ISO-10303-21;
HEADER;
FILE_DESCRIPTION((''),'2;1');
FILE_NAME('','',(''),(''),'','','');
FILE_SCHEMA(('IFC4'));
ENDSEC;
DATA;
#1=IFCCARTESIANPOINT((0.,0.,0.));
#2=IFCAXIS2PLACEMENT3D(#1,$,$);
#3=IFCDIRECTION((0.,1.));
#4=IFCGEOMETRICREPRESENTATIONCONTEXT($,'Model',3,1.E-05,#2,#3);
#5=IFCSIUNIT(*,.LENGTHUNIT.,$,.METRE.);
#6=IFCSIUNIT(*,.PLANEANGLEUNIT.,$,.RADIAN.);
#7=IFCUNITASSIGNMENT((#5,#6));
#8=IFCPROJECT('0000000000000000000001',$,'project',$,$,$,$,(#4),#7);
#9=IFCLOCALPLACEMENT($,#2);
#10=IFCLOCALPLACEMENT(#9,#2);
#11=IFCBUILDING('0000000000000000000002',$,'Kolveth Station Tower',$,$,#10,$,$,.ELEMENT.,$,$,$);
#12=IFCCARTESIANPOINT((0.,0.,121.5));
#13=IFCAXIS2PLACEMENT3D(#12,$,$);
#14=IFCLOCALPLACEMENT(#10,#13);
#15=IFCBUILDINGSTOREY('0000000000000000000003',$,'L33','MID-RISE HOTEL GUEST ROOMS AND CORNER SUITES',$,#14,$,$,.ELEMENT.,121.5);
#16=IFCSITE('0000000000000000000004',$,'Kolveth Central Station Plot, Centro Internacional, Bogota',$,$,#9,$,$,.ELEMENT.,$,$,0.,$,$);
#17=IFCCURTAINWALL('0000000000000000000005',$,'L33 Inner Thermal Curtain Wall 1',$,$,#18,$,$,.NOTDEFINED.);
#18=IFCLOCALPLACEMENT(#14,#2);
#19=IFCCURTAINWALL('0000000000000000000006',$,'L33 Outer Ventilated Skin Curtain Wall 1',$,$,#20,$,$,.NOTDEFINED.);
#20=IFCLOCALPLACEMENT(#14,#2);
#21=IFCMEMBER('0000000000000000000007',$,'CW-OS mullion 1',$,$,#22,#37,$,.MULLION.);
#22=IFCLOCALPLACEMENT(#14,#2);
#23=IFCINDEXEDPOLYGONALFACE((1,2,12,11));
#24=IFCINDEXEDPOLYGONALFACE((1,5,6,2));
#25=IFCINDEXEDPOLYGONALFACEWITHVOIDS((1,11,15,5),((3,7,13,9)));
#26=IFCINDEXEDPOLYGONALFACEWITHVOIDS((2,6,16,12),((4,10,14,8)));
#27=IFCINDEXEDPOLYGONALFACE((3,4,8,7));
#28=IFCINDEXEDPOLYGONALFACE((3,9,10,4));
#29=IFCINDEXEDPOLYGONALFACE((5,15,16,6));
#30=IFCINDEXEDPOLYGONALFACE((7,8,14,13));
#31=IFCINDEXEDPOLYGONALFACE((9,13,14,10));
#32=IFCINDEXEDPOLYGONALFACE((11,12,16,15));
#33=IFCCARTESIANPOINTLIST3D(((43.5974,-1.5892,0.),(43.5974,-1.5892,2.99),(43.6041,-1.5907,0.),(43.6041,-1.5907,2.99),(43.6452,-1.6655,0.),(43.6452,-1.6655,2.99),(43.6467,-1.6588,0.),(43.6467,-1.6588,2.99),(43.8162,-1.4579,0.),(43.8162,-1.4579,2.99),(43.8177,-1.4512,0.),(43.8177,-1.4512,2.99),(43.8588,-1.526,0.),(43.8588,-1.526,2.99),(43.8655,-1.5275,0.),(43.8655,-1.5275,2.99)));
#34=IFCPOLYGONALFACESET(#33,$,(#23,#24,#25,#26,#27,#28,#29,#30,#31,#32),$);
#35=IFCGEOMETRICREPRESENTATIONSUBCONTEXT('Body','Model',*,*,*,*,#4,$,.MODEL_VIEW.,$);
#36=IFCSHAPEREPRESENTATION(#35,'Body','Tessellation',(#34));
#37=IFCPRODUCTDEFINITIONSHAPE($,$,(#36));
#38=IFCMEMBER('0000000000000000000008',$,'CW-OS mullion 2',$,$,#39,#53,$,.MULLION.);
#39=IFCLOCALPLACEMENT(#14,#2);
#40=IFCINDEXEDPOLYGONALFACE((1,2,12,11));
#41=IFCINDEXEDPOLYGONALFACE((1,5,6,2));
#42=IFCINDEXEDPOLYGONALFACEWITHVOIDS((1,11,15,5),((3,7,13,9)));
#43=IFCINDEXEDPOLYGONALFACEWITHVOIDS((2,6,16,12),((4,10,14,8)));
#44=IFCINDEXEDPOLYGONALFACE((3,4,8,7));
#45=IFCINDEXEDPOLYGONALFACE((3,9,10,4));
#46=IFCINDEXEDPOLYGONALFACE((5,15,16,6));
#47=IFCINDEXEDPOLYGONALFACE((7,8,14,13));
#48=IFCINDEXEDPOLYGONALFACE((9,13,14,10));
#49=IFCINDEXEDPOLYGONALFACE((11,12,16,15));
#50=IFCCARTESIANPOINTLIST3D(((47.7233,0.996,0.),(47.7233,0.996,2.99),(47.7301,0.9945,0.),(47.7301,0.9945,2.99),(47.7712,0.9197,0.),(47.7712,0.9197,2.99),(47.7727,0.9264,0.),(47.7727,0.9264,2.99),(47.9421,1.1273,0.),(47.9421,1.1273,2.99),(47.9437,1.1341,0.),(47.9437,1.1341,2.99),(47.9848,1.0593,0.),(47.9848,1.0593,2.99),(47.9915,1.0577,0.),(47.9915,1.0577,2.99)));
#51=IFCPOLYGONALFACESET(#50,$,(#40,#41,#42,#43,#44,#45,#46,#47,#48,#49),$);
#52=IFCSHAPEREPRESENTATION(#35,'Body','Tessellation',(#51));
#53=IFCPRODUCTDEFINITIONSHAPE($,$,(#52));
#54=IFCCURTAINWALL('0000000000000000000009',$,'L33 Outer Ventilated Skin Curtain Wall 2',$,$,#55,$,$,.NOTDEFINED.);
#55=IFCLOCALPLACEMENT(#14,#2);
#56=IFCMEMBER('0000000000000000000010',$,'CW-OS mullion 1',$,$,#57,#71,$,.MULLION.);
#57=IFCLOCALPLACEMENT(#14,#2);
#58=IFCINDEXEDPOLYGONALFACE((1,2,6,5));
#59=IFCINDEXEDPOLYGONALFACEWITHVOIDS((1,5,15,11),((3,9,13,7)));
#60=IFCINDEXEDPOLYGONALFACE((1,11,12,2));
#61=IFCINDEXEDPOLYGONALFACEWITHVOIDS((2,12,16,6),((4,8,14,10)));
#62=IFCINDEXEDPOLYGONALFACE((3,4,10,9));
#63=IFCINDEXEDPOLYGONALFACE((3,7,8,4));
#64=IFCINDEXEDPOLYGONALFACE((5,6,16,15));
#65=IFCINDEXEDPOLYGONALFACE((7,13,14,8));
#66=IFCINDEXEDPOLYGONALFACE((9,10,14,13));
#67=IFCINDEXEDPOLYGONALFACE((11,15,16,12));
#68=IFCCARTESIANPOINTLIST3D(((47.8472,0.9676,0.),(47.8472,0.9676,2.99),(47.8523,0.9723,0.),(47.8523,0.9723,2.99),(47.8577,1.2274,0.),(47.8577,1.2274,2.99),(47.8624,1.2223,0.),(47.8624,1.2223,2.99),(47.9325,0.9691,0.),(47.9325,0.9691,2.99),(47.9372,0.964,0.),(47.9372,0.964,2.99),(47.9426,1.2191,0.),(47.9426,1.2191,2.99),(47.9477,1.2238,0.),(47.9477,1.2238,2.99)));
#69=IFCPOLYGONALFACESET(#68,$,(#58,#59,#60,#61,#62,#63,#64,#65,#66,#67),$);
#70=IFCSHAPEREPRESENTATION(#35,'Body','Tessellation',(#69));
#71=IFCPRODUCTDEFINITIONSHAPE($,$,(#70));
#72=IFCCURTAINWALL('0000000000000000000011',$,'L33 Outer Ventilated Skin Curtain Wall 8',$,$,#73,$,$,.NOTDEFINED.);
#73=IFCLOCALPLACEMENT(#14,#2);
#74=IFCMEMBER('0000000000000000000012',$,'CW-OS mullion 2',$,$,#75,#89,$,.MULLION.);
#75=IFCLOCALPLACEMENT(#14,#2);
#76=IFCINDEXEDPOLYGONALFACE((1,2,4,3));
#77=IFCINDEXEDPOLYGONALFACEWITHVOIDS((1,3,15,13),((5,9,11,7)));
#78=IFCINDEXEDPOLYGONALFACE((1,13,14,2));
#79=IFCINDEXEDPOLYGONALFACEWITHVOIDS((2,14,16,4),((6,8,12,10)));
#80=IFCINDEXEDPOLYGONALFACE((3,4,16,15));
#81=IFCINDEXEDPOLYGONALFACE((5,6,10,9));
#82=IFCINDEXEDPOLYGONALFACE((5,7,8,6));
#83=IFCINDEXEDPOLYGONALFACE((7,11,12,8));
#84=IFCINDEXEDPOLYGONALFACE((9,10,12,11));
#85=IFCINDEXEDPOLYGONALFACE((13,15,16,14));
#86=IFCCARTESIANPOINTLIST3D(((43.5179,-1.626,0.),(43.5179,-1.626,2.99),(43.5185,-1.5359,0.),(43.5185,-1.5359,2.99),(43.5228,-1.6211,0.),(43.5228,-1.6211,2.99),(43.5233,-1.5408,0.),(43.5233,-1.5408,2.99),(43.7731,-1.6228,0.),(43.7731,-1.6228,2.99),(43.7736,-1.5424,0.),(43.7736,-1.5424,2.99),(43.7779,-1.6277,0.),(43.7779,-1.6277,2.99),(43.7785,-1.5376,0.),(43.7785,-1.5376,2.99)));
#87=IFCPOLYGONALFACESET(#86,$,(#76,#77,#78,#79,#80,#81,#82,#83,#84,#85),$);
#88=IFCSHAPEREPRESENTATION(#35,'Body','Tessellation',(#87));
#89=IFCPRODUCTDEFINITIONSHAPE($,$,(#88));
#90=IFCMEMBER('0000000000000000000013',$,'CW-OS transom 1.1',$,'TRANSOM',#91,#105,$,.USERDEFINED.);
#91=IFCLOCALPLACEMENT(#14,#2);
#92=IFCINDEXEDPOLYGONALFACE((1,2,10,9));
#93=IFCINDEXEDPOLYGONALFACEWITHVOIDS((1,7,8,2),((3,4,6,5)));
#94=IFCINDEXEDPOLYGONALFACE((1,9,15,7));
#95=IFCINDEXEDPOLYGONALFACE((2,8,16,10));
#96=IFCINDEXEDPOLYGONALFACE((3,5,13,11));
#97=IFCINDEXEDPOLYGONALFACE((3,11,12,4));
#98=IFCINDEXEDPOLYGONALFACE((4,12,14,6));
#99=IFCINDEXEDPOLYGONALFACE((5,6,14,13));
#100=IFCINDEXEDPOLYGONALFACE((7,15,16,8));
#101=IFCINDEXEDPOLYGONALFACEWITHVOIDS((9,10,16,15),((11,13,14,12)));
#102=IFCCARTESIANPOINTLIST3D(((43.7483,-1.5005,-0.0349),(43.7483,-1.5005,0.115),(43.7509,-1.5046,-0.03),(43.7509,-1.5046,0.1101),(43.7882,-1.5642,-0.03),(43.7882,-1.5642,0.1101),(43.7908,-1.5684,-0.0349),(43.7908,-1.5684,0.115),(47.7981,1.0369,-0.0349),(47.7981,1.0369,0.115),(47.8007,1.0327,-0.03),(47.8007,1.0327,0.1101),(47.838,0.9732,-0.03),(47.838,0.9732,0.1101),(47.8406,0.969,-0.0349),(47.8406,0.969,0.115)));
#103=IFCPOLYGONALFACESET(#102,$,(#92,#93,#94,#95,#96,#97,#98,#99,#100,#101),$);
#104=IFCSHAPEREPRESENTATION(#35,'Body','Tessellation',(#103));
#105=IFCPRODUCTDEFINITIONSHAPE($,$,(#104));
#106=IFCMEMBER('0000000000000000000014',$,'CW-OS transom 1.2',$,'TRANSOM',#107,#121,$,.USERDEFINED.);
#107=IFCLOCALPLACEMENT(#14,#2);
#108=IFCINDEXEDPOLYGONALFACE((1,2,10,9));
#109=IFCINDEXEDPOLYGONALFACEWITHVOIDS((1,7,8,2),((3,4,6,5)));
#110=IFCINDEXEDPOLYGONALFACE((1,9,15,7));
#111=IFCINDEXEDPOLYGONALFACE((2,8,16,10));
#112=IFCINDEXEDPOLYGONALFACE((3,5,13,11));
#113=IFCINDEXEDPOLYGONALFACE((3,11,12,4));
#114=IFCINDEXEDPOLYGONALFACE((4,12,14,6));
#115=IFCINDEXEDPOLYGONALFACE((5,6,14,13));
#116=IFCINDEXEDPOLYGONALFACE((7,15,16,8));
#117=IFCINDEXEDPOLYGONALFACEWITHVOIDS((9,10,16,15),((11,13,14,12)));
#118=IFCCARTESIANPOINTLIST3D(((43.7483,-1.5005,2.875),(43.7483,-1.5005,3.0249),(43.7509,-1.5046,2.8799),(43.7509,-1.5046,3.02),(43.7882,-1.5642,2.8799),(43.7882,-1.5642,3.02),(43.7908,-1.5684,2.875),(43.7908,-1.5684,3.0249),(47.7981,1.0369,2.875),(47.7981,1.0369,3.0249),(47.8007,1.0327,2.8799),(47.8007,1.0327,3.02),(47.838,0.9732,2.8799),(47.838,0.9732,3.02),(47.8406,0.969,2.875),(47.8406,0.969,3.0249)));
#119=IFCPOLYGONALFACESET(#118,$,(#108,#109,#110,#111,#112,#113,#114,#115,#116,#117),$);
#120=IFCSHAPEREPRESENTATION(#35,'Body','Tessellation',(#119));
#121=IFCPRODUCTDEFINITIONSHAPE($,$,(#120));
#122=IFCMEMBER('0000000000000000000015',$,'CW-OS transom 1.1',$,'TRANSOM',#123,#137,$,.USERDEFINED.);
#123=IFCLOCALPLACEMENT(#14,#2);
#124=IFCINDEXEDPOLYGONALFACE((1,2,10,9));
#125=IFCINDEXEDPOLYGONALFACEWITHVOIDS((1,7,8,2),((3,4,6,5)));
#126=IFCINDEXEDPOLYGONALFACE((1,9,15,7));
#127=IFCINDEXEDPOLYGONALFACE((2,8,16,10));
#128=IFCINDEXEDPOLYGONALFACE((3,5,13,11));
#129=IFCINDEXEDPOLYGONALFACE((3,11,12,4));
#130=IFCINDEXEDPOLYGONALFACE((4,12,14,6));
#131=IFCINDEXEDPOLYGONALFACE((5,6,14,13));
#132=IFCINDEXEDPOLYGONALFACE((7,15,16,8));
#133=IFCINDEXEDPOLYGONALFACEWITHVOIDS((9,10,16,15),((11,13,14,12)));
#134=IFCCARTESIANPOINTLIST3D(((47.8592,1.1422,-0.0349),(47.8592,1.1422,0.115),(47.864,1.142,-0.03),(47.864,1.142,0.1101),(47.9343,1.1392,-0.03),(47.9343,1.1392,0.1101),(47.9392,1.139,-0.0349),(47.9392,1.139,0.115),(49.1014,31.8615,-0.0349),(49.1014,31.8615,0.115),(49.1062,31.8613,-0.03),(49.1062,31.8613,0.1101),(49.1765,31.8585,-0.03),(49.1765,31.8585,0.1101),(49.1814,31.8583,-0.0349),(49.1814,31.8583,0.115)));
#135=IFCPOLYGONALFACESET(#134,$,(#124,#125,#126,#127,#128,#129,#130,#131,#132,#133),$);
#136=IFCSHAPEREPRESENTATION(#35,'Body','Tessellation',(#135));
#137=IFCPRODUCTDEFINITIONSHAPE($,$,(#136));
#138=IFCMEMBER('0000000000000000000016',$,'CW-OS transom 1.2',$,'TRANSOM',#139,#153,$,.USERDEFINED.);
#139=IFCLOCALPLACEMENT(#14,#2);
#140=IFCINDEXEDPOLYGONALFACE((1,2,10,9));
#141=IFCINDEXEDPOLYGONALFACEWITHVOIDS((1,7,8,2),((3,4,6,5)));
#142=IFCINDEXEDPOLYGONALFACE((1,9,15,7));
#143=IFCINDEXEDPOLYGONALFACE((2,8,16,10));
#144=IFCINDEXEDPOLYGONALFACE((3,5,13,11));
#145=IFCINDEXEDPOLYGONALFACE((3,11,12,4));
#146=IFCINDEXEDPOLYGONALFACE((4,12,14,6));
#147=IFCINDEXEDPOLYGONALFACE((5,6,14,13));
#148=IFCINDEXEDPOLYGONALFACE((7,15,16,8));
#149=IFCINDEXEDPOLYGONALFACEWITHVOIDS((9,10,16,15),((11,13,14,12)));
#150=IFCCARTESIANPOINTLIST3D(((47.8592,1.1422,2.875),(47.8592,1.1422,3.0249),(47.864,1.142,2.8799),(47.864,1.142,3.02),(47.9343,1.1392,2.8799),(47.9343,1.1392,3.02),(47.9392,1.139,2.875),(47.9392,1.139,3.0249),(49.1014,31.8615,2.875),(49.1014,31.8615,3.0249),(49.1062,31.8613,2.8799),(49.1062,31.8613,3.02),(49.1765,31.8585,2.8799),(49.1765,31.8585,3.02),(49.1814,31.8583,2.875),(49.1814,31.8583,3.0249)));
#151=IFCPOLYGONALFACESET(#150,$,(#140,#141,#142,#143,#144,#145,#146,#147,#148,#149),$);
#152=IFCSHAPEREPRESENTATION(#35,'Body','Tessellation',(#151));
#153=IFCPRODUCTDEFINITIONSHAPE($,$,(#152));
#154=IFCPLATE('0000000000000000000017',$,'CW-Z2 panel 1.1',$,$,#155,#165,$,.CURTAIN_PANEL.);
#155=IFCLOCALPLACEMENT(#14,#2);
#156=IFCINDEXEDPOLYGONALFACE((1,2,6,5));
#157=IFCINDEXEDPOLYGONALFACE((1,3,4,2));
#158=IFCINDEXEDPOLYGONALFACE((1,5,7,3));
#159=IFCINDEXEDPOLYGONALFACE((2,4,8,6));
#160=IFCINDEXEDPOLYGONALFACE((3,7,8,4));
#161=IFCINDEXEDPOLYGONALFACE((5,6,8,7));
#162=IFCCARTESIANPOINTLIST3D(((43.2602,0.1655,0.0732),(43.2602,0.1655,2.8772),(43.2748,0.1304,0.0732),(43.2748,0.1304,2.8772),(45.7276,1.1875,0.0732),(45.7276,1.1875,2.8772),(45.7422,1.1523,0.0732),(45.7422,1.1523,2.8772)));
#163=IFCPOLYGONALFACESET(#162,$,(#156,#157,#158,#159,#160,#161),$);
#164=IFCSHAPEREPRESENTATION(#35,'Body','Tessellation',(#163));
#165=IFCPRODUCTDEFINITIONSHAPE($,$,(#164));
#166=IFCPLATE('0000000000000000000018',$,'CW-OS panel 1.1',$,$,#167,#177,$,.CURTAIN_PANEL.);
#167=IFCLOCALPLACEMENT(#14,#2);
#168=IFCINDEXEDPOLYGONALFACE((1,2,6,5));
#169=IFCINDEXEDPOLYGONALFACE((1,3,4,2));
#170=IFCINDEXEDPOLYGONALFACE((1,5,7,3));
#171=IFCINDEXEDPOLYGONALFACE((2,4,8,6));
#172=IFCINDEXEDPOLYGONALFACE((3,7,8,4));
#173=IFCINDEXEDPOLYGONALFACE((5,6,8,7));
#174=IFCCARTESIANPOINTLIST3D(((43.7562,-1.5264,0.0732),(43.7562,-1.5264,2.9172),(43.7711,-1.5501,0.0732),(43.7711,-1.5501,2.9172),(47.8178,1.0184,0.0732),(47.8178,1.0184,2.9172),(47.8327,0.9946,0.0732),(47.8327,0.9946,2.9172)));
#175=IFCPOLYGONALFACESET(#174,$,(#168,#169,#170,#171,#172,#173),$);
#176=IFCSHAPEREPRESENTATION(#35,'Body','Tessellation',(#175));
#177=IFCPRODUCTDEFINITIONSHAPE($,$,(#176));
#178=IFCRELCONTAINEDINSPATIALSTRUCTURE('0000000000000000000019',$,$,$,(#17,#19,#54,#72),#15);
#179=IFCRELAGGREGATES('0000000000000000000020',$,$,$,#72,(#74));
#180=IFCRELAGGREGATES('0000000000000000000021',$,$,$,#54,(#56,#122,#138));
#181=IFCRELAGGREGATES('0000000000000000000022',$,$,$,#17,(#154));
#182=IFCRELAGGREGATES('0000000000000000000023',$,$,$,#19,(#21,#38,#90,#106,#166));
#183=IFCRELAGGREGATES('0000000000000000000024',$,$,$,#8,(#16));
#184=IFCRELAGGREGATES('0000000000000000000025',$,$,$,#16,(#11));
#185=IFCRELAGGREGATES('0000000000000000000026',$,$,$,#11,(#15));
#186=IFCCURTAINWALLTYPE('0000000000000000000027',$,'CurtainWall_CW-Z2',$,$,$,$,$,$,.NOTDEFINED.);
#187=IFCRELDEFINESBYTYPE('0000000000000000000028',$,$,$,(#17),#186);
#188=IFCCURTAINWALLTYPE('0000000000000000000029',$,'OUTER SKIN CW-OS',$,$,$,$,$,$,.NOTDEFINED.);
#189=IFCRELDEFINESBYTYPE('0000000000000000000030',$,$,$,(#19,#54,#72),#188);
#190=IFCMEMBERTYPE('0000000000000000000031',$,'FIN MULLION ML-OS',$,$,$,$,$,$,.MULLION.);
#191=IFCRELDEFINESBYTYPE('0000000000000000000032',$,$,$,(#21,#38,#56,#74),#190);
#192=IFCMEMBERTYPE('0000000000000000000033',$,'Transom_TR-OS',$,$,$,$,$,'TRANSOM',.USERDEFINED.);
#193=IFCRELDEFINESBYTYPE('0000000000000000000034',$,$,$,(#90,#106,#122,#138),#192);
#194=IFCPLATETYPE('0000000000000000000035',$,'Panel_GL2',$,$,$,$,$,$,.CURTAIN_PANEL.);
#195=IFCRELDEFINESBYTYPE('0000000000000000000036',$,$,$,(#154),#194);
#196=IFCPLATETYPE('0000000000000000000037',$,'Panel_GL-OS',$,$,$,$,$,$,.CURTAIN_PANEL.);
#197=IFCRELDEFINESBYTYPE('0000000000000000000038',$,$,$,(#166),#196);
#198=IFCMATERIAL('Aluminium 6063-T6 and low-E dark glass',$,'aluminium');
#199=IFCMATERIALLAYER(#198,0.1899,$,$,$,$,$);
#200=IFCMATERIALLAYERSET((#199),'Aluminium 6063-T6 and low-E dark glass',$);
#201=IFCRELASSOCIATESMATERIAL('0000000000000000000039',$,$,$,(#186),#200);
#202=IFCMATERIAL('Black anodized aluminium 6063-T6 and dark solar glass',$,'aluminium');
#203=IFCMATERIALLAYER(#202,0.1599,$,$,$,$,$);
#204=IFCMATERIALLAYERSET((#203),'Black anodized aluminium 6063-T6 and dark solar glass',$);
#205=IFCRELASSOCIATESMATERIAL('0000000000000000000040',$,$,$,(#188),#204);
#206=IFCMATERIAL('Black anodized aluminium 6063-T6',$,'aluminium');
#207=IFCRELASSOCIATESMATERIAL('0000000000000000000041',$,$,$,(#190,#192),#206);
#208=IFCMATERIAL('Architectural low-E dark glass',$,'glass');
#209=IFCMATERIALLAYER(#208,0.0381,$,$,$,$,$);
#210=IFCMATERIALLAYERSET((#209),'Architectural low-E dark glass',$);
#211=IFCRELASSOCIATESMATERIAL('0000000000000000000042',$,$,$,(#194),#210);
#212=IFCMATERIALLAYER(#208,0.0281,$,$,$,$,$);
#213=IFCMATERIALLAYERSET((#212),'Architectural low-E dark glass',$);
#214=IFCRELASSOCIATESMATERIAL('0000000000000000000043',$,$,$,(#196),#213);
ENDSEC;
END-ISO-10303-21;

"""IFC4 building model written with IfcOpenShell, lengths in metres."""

from ifc_helpers import new_model, si_unit, direction, frame, origin, origin_2d, place, context, subcontext, project, spatial, rectangle, hollow_rectangle, extrude, source, transform, mapped, material, layer, layer_set, material_profile, profile_set, type_object, element, aggregate, save


model = new_model("IFC4")

# Units and contexts
model_context = context("Model", 3, precision=1e-05, world=origin(), true_north=direction((0.0, 1.0)))
body_context = subcontext(model_context, "Body", "Model", "MODEL_VIEW")
ifc_project = project(units=[si_unit("LENGTHUNIT", "METRE"), si_unit("PLANEANGLEUNIT", "RADIAN")], contexts=[model_context])

# Site, building, storey
site_placement = place(None, origin())
site = spatial("IfcSite", under=ifc_project, at=site_placement, Name="Kolveth Central Station Plot, Centro Internacional, Bogota", CompositionType="ELEMENT", RefElevation=0.0)
building_placement = place(site_placement, origin())
building = spatial("IfcBuilding", under=site, at=building_placement, Name="Kolveth Station Tower", CompositionType="ELEMENT")
storey_placement = place(building_placement, frame((0.0, 0.0, 121.5)))
storey = spatial("IfcBuildingStorey", under=building, at=storey_placement, Name="L33", Description="MID-RISE HOTEL GUEST ROOMS AND CORNER SUITES", CompositionType="ELEMENT", Elevation=121.5)

# Curtain wall
ifc_material_1 = material(Name="Aluminium 6063-T6 and low-E dark glass", Category="aluminium")
ifc_layer_1 = layer(ifc_material_1, 0.1899)
ifc_layer_set_1 = layer_set([ifc_layer_1], Name="Aluminium 6063-T6 and low-E dark glass")
curtain_wall_type_1 = type_object("IfcCurtainWallType", Name="CurtainWall_CW-Z2", PredefinedType="NOTDEFINED", material=ifc_layer_set_1)
curtain_wall_1_placement = place(storey_placement, origin())
curtain_wall_1 = element("IfcCurtainWall", 1, at=curtain_wall_1_placement, inside=storey, type_object=curtain_wall_type_1, Name="L33 Inner Thermal Curtain Wall 1", PredefinedType="NOTDEFINED")
ifc_material_2 = material(Name="Black anodized aluminium 6063-T6", Category="aluminium")

# Curtain wall, members
ifc_material_3 = material(Name="Black anodized aluminium 6063-T6 and dark solar glass", Category="aluminium")
ifc_layer_2 = layer(ifc_material_3, 0.1599)
ifc_layer_set_2 = layer_set([ifc_layer_2], Name="Black anodized aluminium 6063-T6 and dark solar glass")
curtain_wall_type_2 = type_object("IfcCurtainWallType", Name="OUTER SKIN CW-OS", PredefinedType="NOTDEFINED", material=ifc_layer_set_2)
curtain_wall_2_placement = place(storey_placement, origin())
curtain_wall_2 = element("IfcCurtainWall", 2, at=curtain_wall_2_placement, inside=storey, type_object=curtain_wall_type_2, Name="L33 Outer Ventilated Skin Curtain Wall 1", PredefinedType="NOTDEFINED")
ifc_material_profile_1 = material_profile(ifc_material_2, hollow_rectangle(XDim=0.0901, YDim=0.26, WallThickness=0.0049, at=origin_2d()), Name="ALU-90x260x5")
ifc_profile_set_1 = profile_set([ifc_material_profile_1], Name="Black anodized aluminium 6063-T6")
member_type_1 = type_object("IfcMemberType", Name="FIN MULLION ML-OS", PredefinedType="MULLION", material=ifc_profile_set_1)
shared_shape_1 = source(origin(), body_context, "Body", "SweptSolid", [
    extrude(hollow_rectangle(XDim=0.0901, YDim=0.26, WallThickness=0.0049, at=origin_2d()), origin(), (0.0, 0.0, 1.0), 2.99),
])
member_1_placement = place(storey_placement, frame((43.7314, -1.5583, 0.0), z_axis=(0.0, 0.0, 1.0), x_axis=(-0.530936, 0.847412, 0.0)))
member_1 = element("IfcMember", 3, at=member_1_placement, type_object=member_type_1, Name="CW-OS mullion 1", PredefinedType="MULLION", context=body_context, shape_type="MappedRepresentation", body=[
    mapped(shared_shape_1, transform((0.0, 0.0, 0.0), x_axis=(1.0, 0.0, 0.0), y_axis=(0.0, 1.0, 0.0), z_axis=(0.0, 0.0, 1.0), scale=1.0)),
])
member_2_placement = place(storey_placement, frame((47.8574, 1.0269, 0.0), z_axis=(0.0, 0.0, 1.0), x_axis=(-0.530936, 0.847412, 0.0)))
member_2 = element("IfcMember", 4, at=member_2_placement, type_object=member_type_1, Name="CW-OS mullion 2", PredefinedType="MULLION", context=body_context, shape_type="MappedRepresentation", body=[
    mapped(shared_shape_1, transform((0.0, 0.0, 0.0), x_axis=(1.0, 0.0, 0.0), y_axis=(0.0, 1.0, 0.0), z_axis=(0.0, 0.0, 1.0), scale=1.0)),
])

# Curtain walls, members
curtain_wall_3_placement = place(storey_placement, origin())
curtain_wall_3 = element("IfcCurtainWall", 5, at=curtain_wall_3_placement, inside=storey, type_object=curtain_wall_type_2, Name="L33 Outer Ventilated Skin Curtain Wall 2", PredefinedType="NOTDEFINED")
member_3_placement = place(storey_placement, frame((47.8975, 1.0957, 0.0), z_axis=(0.0, 0.0, 1.0), x_axis=(-0.999184, 0.040402, 0.0)))
member_3 = element("IfcMember", 6, at=member_3_placement, type_object=member_type_1, Name="CW-OS mullion 1", PredefinedType="MULLION", context=body_context, shape_type="MappedRepresentation", body=[
    mapped(shared_shape_1, transform((0.0, 0.0, 0.0), x_axis=(1.0, 0.0, 0.0), y_axis=(0.0, 1.0, 0.0), z_axis=(0.0, 0.0, 1.0), scale=1.0)),
])
curtain_wall_4_placement = place(storey_placement, origin())
curtain_wall_4 = element("IfcCurtainWall", 7, at=curtain_wall_4_placement, inside=storey, type_object=curtain_wall_type_2, Name="L33 Outer Ventilated Skin Curtain Wall 8", PredefinedType="NOTDEFINED")
member_4_placement = place(storey_placement, frame((43.6482, -1.5818, 0.0), z_axis=(0.0, 0.0, 1.0), x_axis=(0.006474, 0.999979, 0.0)))
member_4 = element("IfcMember", 8, at=member_4_placement, type_object=member_type_1, Name="CW-OS mullion 2", PredefinedType="MULLION", context=body_context, shape_type="MappedRepresentation", body=[
    mapped(shared_shape_1, transform((0.0, 0.0, 0.0), x_axis=(1.0, 0.0, 0.0), y_axis=(0.0, 1.0, 0.0), z_axis=(0.0, 0.0, 1.0), scale=1.0)),
])
aggregate(curtain_wall_4, [member_4])

# Members
ifc_material_profile_2 = material_profile(ifc_material_2, hollow_rectangle(XDim=0.0801, YDim=0.1499, WallThickness=0.0049, at=origin_2d()), Name="ALU-80x150x5")
ifc_profile_set_2 = profile_set([ifc_material_profile_2], Name="Black anodized aluminium 6063-T6")
member_type_2 = type_object("IfcMemberType", Name="Transom_TR-OS", ElementType="TRANSOM", PredefinedType="USERDEFINED", material=ifc_profile_set_2)
shared_shape_2 = source(origin(), body_context, "Body", "SweptSolid", [
    extrude(hollow_rectangle(XDim=0.0801, YDim=0.1499, WallThickness=0.0049, at=origin_2d()), origin(), (0.0, 0.0, 1.0), 4.7791),
])
member_5_placement = place(storey_placement, frame((43.7695, -1.5344, 0.04), z_axis=(0.847412, 0.530935, 0.0), x_axis=(-0.530935, 0.847412, 0.0)))
member_5 = element("IfcMember", 9, at=member_5_placement, type_object=member_type_2, Name="CW-OS transom 1.1", ObjectType="TRANSOM", PredefinedType="USERDEFINED", context=body_context, shape_type="MappedRepresentation", body=[
    mapped(shared_shape_2, transform((0.0, 0.0, 0.0), x_axis=(1.0, 0.0, 0.0), y_axis=(0.0, 1.0, 0.0), z_axis=(0.0, 0.0, 1.0), scale=1.0)),
])
member_6_placement = place(storey_placement, frame((43.7695, -1.5344, 2.95), z_axis=(0.847412, 0.530935, 0.0), x_axis=(-0.530935, 0.847412, 0.0)))
member_6 = element("IfcMember", 10, at=member_6_placement, type_object=member_type_2, Name="CW-OS transom 1.2", ObjectType="TRANSOM", PredefinedType="USERDEFINED", context=body_context, shape_type="MappedRepresentation", body=[
    mapped(shared_shape_2, transform((0.0, 0.0, 0.0), x_axis=(1.0, 0.0, 0.0), y_axis=(0.0, 1.0, 0.0), z_axis=(0.0, 0.0, 1.0), scale=1.0)),
])
shared_shape_3 = source(origin(), body_context, "Body", "SweptSolid", [
    extrude(hollow_rectangle(XDim=0.0801, YDim=0.1499, WallThickness=0.0049, at=origin_2d()), origin(), (0.0, 0.0, 1.0), 30.7444),
])
member_7_placement = place(storey_placement, frame((47.8992, 1.1406, 0.04), z_axis=(0.040404, 0.999183, 0.0), x_axis=(-0.999183, 0.040404, 0.0)))
member_7 = element("IfcMember", 11, at=member_7_placement, type_object=member_type_2, Name="CW-OS transom 1.1", ObjectType="TRANSOM", PredefinedType="USERDEFINED", context=body_context, shape_type="MappedRepresentation", body=[
    mapped(shared_shape_3, transform((0.0, 0.0, 0.0), x_axis=(1.0, 0.0, 0.0), y_axis=(0.0, 1.0, 0.0), z_axis=(0.0, 0.0, 1.0), scale=1.0)),
])
member_8_placement = place(storey_placement, frame((47.8992, 1.1406, 2.95), z_axis=(0.040404, 0.999183, 0.0), x_axis=(-0.999183, 0.040404, 0.0)))
member_8 = element("IfcMember", 12, at=member_8_placement, type_object=member_type_2, Name="CW-OS transom 1.2", ObjectType="TRANSOM", PredefinedType="USERDEFINED", context=body_context, shape_type="MappedRepresentation", body=[
    mapped(shared_shape_3, transform((0.0, 0.0, 0.0), x_axis=(1.0, 0.0, 0.0), y_axis=(0.0, 1.0, 0.0), z_axis=(0.0, 0.0, 1.0), scale=1.0)),
])
aggregate(curtain_wall_3, [member_3, member_7, member_8])

# Plates
ifc_material_4 = material(Name="Architectural low-E dark glass", Category="glass")
ifc_layer_3 = layer(ifc_material_4, 0.0381)
ifc_layer_set_3 = layer_set([ifc_layer_3], Name="Architectural low-E dark glass")
plate_type_1 = type_object("IfcPlateType", Name="Panel_GL2", PredefinedType="CURTAIN_PANEL", material=ifc_layer_set_3)
shared_shape_4 = source(origin(), body_context, "Body", "SweptSolid", [
    extrude(rectangle(XDim=2.6707, YDim=0.0381, at=origin_2d()), origin(), (0.0, 0.0, 1.0), 2.804),
])
plate_1_placement = place(storey_placement, frame((44.5012, 0.6589, 0.0732), z_axis=(0.0, 0.0, 1.0), x_axis=(0.923888, 0.382663, 0.0)))
plate_1 = element("IfcPlate", 13, at=plate_1_placement, type_object=plate_type_1, Name="CW-Z2 panel 1.1", PredefinedType="CURTAIN_PANEL", context=body_context, shape_type="MappedRepresentation", body=[
    mapped(shared_shape_4, transform((0.0, 0.0, 0.0), x_axis=(1.0, 0.0, 0.0), y_axis=(0.0, 1.0, 0.0), z_axis=(0.0, 0.0, 1.0), scale=1.0)),
])
aggregate(curtain_wall_1, [plate_1])
ifc_layer_4 = layer(ifc_material_4, 0.0281)
ifc_layer_set_4 = layer_set([ifc_layer_4], Name="Architectural low-E dark glass")
plate_type_2 = type_object("IfcPlateType", Name="Panel_GL-OS", PredefinedType="CURTAIN_PANEL", material=ifc_layer_set_4)
shared_shape_5 = source(origin(), body_context, "Body", "SweptSolid", [
    extrude(rectangle(XDim=4.793, YDim=0.0281, at=origin_2d()), origin(), (0.0, 0.0, 1.0), 2.844),
])
plate_2_placement = place(storey_placement, frame((45.7944, -0.2659, 0.0732), z_axis=(0.0, 0.0, 1.0), x_axis=(0.847412, 0.530936, 0.0)))
plate_2 = element("IfcPlate", 14, at=plate_2_placement, type_object=plate_type_2, Name="CW-OS panel 1.1", PredefinedType="CURTAIN_PANEL", context=body_context, shape_type="MappedRepresentation", body=[
    mapped(shared_shape_5, transform((0.0, 0.0, 0.0), x_axis=(1.0, 0.0, 0.0), y_axis=(0.0, 1.0, 0.0), z_axis=(0.0, 0.0, 1.0), scale=1.0)),
])
aggregate(curtain_wall_2, [member_1, member_2, member_5, member_6, plate_2])

save(model, "model.ifc")
